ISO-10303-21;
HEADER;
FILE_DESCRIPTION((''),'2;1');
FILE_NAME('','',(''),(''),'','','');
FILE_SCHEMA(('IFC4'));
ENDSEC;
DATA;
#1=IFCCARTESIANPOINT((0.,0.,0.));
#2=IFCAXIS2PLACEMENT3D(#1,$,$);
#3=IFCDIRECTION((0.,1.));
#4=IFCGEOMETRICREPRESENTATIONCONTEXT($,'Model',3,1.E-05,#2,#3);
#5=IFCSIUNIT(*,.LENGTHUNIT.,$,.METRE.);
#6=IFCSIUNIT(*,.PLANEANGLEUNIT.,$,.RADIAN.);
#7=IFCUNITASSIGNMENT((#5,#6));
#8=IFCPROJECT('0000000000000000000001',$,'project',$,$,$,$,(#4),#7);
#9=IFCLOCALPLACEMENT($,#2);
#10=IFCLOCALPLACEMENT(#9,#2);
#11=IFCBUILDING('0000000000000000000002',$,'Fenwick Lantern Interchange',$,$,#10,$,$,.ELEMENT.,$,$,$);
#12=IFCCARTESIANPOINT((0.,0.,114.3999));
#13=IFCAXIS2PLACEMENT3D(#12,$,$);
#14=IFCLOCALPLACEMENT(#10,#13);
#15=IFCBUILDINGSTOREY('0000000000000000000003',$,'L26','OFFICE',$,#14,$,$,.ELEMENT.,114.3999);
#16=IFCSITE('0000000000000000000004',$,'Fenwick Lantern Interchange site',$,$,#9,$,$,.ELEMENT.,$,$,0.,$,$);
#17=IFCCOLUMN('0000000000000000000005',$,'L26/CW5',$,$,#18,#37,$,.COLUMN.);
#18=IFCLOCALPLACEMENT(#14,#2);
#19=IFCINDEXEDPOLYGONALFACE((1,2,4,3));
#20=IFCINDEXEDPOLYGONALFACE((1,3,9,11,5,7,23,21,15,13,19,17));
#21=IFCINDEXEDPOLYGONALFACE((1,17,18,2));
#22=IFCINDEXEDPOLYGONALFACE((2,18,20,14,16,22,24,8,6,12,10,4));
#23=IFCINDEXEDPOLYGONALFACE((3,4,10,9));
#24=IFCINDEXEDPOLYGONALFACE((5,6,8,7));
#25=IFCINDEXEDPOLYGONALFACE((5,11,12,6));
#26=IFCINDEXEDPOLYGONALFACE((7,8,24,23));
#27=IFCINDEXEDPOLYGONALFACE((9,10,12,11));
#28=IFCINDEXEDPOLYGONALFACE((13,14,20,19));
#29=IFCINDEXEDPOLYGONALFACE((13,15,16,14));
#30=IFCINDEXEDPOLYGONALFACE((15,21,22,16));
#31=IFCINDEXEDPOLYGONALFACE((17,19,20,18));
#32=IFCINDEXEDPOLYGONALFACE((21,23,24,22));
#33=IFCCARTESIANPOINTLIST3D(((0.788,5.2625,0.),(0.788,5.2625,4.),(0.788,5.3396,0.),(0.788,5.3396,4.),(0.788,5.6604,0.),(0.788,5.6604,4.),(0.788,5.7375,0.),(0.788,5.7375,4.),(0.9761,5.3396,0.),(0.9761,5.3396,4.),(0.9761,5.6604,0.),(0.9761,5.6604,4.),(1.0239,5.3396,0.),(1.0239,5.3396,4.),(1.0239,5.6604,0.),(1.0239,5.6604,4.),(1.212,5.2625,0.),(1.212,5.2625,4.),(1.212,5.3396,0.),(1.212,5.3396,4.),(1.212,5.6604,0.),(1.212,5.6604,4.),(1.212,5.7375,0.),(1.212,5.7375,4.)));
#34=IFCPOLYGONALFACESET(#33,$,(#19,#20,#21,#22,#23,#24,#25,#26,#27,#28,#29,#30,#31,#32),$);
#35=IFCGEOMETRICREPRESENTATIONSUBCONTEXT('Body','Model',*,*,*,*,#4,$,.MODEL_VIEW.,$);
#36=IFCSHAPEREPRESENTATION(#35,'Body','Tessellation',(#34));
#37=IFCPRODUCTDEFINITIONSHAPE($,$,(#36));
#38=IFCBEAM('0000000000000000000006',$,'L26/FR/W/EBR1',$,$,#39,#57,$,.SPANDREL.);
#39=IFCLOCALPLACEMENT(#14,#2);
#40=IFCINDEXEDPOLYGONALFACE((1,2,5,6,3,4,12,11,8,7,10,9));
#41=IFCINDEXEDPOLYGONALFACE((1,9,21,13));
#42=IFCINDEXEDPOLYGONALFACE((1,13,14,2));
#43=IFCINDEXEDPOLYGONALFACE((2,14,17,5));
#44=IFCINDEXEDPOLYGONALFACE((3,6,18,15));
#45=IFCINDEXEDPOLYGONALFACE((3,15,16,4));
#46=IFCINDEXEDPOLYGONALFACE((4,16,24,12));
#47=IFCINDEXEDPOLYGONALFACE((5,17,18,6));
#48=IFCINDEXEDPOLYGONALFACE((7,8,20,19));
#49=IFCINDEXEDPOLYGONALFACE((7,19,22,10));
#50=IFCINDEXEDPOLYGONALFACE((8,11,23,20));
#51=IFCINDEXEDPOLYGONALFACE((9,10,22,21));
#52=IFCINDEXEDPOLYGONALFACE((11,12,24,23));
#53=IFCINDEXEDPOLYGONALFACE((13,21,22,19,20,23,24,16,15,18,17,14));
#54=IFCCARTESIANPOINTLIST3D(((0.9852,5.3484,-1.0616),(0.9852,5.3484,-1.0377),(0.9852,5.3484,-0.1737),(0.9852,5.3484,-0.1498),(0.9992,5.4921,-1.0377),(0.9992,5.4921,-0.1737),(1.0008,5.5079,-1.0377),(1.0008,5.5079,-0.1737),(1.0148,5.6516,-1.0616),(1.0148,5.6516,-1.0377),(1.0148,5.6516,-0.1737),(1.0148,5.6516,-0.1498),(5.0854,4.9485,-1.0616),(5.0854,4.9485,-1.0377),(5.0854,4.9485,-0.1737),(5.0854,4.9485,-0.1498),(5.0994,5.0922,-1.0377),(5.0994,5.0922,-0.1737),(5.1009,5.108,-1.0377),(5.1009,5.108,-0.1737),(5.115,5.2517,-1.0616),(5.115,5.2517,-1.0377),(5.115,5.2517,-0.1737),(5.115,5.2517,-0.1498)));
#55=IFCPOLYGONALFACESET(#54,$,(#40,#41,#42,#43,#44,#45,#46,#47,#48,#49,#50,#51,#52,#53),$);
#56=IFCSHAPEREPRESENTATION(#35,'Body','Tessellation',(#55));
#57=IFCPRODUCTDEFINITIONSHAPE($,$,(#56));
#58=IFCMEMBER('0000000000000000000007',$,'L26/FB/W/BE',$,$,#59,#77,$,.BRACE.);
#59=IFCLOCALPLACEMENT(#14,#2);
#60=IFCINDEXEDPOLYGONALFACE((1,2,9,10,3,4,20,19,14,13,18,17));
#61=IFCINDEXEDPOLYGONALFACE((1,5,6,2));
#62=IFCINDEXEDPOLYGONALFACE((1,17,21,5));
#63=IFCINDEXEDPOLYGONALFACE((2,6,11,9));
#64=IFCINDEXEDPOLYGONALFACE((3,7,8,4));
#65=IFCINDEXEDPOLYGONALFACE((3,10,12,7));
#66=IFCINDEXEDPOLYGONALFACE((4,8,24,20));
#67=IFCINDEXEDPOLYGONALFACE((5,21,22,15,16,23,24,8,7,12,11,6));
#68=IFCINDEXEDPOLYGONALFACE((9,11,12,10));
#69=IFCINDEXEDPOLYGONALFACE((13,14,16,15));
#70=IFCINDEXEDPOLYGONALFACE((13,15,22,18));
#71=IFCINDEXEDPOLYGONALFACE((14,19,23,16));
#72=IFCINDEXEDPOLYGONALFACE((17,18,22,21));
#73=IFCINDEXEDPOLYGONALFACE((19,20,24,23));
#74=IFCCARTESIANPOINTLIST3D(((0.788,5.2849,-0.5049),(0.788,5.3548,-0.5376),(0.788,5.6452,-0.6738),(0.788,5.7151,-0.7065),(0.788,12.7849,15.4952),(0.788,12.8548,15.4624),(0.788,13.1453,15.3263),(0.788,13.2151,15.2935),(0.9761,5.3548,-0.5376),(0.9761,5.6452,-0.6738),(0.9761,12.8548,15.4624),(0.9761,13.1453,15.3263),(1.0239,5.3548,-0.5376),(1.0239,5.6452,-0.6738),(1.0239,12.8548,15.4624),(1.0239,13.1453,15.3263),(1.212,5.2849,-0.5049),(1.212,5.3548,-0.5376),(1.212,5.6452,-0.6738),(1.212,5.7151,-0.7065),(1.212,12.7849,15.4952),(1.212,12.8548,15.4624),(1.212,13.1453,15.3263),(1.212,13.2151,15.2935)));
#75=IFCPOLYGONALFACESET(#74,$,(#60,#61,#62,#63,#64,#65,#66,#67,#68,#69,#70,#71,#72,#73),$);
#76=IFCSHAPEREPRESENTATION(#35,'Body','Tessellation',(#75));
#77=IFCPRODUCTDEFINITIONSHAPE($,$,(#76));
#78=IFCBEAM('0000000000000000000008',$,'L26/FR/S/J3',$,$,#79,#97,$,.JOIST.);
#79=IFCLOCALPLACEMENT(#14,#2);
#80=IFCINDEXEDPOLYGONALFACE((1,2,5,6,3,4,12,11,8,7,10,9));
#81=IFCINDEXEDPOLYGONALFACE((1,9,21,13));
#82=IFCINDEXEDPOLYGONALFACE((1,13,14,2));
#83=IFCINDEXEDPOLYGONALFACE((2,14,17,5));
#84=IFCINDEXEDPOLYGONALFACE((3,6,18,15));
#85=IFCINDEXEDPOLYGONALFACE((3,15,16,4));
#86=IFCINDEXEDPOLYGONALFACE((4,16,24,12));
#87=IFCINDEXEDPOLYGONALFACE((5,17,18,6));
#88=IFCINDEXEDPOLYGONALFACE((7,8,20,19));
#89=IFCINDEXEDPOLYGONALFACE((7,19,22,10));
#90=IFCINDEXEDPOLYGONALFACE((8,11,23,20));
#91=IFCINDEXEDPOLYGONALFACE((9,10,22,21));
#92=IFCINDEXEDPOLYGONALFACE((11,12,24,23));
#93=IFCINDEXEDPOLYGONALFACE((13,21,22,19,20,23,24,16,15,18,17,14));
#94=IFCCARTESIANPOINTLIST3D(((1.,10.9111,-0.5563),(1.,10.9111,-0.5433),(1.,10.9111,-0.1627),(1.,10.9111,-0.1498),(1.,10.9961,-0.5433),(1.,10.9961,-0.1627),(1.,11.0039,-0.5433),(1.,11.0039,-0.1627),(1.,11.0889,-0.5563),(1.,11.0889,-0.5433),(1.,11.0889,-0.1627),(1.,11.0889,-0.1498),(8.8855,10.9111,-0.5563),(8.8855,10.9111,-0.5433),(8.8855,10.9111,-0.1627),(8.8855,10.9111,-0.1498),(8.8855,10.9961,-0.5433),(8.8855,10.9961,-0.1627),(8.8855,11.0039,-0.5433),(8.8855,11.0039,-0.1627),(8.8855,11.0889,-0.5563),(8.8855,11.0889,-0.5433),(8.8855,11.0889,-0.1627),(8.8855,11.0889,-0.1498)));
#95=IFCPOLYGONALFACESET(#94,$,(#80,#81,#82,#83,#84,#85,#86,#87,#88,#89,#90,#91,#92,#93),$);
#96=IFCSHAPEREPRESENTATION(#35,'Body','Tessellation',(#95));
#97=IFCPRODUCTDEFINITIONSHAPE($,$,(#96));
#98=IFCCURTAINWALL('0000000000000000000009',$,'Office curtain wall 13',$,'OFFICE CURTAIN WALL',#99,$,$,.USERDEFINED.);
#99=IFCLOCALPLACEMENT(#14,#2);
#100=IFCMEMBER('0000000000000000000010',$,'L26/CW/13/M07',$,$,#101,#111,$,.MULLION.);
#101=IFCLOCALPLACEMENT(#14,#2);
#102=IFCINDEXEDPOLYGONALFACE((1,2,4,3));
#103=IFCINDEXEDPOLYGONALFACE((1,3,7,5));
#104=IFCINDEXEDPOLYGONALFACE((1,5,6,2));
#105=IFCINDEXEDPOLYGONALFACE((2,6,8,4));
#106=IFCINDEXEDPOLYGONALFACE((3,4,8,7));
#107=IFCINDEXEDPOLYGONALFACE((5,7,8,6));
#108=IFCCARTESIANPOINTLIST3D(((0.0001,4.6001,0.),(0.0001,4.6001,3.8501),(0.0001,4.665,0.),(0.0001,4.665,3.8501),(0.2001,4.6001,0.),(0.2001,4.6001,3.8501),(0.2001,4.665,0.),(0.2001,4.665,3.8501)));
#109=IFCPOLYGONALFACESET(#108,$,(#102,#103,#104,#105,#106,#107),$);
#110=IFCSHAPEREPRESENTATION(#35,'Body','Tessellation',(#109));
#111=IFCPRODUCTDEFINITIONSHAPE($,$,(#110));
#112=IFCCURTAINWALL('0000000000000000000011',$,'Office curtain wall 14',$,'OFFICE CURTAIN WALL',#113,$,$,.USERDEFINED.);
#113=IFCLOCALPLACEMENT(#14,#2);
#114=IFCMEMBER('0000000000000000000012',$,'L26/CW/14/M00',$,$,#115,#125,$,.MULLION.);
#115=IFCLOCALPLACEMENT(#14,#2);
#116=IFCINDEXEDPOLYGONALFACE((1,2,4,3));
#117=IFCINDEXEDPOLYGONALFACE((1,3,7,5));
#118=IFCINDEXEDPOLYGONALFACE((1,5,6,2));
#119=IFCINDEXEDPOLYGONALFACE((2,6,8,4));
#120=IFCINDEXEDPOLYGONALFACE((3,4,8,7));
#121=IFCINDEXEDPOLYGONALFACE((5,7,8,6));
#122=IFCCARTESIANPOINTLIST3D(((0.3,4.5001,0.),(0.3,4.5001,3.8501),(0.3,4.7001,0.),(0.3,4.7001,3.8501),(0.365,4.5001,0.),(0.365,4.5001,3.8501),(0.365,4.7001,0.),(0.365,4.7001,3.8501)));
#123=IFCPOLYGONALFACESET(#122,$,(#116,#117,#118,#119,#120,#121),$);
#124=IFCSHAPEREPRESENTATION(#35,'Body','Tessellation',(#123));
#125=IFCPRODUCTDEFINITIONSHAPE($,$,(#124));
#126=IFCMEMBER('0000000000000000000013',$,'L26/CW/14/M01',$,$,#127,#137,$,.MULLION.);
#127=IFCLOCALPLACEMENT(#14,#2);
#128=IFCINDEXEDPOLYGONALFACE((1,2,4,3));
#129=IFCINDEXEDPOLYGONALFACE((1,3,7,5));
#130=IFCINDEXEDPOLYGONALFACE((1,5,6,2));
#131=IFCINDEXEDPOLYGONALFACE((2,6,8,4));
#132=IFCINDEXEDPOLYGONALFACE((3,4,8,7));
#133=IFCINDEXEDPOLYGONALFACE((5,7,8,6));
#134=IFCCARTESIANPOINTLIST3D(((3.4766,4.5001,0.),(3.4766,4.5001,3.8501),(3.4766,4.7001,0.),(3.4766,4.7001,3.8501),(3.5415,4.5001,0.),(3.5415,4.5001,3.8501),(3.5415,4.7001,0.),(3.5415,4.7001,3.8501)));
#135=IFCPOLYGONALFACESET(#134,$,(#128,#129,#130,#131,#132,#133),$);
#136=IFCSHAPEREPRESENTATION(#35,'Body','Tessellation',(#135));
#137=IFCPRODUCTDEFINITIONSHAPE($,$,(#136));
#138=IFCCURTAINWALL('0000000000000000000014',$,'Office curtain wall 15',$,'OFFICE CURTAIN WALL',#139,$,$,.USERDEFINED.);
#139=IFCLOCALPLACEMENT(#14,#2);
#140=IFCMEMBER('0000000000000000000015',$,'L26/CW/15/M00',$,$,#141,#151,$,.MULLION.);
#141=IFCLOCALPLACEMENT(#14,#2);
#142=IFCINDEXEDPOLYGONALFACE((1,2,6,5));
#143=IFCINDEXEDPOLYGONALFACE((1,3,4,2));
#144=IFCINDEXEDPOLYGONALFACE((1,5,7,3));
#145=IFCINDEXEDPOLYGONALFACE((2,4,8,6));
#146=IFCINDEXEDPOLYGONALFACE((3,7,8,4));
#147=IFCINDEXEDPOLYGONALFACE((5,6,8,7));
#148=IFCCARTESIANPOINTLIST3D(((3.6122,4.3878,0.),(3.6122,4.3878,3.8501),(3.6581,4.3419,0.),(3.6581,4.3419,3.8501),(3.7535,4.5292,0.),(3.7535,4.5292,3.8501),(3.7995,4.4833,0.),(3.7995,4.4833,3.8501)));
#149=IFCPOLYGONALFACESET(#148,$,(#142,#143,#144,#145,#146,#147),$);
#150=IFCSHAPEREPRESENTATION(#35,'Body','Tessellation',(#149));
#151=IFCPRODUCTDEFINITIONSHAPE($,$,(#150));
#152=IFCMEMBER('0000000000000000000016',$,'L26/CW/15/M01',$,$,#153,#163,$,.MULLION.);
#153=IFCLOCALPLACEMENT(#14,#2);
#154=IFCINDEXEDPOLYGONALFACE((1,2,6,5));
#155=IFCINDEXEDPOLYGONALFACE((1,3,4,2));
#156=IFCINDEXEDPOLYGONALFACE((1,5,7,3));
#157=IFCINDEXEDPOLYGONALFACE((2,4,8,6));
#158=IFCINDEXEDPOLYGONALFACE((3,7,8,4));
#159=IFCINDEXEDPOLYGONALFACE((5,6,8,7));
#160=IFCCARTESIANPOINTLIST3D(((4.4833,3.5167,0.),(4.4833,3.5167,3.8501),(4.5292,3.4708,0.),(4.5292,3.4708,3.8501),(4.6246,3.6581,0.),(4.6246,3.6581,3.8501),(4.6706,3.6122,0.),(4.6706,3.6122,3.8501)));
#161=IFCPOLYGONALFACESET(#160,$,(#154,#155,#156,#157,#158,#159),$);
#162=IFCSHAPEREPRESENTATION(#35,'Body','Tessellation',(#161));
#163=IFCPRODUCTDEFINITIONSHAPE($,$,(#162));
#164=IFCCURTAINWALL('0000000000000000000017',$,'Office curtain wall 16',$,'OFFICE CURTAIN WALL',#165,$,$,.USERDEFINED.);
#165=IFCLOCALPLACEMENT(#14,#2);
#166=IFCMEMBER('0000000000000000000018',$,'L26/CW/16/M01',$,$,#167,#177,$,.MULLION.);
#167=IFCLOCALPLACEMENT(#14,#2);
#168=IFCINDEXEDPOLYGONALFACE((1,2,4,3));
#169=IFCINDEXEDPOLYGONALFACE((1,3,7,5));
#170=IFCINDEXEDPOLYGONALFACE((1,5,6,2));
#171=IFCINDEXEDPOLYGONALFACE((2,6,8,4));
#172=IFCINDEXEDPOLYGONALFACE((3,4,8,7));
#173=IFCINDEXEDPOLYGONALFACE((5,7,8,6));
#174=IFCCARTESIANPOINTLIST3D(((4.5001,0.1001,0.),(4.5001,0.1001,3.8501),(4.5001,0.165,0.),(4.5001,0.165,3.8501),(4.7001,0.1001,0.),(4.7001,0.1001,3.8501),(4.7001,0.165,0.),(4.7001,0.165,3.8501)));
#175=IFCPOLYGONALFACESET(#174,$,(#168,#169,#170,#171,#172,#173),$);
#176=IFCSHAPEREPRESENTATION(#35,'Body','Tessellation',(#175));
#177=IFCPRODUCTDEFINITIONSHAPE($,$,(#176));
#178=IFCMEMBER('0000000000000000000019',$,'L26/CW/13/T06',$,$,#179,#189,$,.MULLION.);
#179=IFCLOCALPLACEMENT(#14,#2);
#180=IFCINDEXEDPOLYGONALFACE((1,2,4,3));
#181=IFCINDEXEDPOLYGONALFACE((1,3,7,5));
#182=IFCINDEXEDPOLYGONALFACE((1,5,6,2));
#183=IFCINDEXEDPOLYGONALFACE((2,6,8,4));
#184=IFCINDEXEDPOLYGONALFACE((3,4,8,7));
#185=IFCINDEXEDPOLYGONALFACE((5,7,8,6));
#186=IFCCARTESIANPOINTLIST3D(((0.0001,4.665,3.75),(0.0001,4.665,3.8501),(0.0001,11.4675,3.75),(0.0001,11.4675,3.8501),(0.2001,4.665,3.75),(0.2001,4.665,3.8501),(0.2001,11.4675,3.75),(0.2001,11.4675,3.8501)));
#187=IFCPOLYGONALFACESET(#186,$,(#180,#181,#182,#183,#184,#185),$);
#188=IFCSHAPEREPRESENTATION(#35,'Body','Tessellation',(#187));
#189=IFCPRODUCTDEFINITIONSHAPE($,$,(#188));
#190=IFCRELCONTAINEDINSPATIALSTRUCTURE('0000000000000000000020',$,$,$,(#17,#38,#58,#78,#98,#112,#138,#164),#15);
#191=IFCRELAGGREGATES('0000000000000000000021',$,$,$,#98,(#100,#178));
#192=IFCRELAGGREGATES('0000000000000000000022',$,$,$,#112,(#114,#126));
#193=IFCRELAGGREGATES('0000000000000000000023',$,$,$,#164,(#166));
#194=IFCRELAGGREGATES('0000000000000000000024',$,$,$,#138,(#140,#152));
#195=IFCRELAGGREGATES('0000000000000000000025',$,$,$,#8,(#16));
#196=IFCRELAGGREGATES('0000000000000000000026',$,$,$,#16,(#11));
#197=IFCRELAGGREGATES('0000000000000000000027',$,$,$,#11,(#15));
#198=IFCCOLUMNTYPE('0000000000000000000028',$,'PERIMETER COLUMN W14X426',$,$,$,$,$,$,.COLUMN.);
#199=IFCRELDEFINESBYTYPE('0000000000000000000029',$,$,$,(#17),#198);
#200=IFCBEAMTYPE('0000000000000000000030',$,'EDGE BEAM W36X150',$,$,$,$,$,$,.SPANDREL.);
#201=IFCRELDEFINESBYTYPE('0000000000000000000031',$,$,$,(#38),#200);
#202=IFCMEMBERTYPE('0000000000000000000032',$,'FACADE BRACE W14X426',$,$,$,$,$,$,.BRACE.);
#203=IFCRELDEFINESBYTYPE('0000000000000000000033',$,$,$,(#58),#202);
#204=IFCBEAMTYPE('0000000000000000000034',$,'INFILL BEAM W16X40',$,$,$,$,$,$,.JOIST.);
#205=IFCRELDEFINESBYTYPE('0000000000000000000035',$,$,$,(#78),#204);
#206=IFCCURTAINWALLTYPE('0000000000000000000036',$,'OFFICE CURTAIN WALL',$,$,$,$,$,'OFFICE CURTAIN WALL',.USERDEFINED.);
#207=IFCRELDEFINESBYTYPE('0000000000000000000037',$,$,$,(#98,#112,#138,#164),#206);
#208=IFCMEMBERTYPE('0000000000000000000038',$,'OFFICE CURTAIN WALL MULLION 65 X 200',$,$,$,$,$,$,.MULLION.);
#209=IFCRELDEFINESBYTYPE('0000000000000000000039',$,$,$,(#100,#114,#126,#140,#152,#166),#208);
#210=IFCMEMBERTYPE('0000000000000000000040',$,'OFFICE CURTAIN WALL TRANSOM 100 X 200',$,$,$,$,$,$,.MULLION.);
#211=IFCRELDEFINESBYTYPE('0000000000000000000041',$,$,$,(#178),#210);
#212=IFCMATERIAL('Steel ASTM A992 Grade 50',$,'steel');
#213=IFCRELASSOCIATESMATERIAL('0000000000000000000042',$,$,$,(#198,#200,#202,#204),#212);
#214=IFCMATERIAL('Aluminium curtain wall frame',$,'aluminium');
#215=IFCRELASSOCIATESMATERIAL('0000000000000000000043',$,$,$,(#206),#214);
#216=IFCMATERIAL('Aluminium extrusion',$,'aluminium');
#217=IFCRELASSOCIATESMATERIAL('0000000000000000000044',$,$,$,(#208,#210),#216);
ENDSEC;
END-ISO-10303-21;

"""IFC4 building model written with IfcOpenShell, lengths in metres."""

from ifc_helpers import new_model, si_unit, direction, frame, origin, origin_2d, place, context, subcontext, project, spatial, rectangle, i_section, extrude, material, material_profile, profile_set, type_object, element, aggregate, save


model = new_model("IFC4")

# Units and contexts
model_context = context("Model", 3, precision=1e-05, world=origin(), true_north=direction((0.0, 1.0)))
body_context = subcontext(model_context, "Body", "Model", "MODEL_VIEW")
ifc_project = project(units=[si_unit("LENGTHUNIT", "METRE"), si_unit("PLANEANGLEUNIT", "RADIAN")], contexts=[model_context])

# Site, building, storey
site_placement = place(None, origin())
site = spatial("IfcSite", under=ifc_project, at=site_placement, Name="Fenwick Lantern Interchange site", CompositionType="ELEMENT", RefElevation=0.0)
building_placement = place(site_placement, origin())
building = spatial("IfcBuilding", under=site, at=building_placement, Name="Fenwick Lantern Interchange", CompositionType="ELEMENT")
storey_placement = place(building_placement, frame((0.0, 0.0, 114.3999)))
storey = spatial("IfcBuildingStorey", under=building, at=storey_placement, Name="L26", Description="OFFICE", CompositionType="ELEMENT", Elevation=114.3999)

# Column
ifc_material_1 = material(Name="Steel ASTM A992 Grade 50", Category="steel")
ifc_material_profile_1 = material_profile(ifc_material_1, i_section(OverallWidth=0.4241, OverallDepth=0.4751, WebThickness=0.0479, FlangeThickness=0.0771, at=origin_2d()), Name="W14X426")
ifc_profile_set_1 = profile_set([ifc_material_profile_1], Name="Steel ASTM A992 Grade 50")
column_type = type_object("IfcColumnType", Name="PERIMETER COLUMN W14X426", PredefinedType="COLUMN", material=ifc_profile_set_1)
column_placement = place(storey_placement, frame((1.0, 5.5, 0.0), z_axis=(0.0, 0.0, 1.0), x_axis=(1.0, 0.0, 0.0)))
element("IfcColumn", 1, at=column_placement, inside=storey, type_object=column_type, Name="L26/CW5", PredefinedType="COLUMN", context=body_context, shape_type="SweptSolid", body=[
    extrude(i_section(OverallWidth=0.4241, OverallDepth=0.4751, WebThickness=0.0479, FlangeThickness=0.0771, at=origin_2d()), origin(), (0.0, 0.0, 1.0), 4.0),
])

# Beam
ifc_material_profile_2 = material_profile(ifc_material_1, i_section(OverallWidth=0.3047, OverallDepth=0.9119, WebThickness=0.0159, FlangeThickness=0.0239, at=origin_2d()), Name="W36X150")
ifc_profile_set_2 = profile_set([ifc_material_profile_2], Name="Steel ASTM A992 Grade 50")
beam_type_1 = type_object("IfcBeamType", Name="EDGE BEAM W36X150", PredefinedType="SPANDREL", material=ifc_profile_set_2)
beam_1_placement = place(storey_placement, frame((1.0, 5.5, -0.6057), z_axis=(0.995277, -0.097074, 0.0), x_axis=(0.097074, 0.995277, 0.0)))
element("IfcBeam", 2, at=beam_1_placement, inside=storey, type_object=beam_type_1, Name="L26/FR/W/EBR1", PredefinedType="SPANDREL", context=body_context, shape_type="SweptSolid", body=[
    extrude(i_section(OverallWidth=0.3047, OverallDepth=0.9119, WebThickness=0.0159, FlangeThickness=0.0239, at=origin_2d()), origin(), (0.0, 0.0, 1.0), 4.1196),
])

# Member
ifc_material_profile_3 = material_profile(ifc_material_1, i_section(OverallWidth=0.4241, OverallDepth=0.4751, WebThickness=0.0479, FlangeThickness=0.0771, at=origin_2d()), Name="W14X426")
ifc_profile_set_3 = profile_set([ifc_material_profile_3], Name="Steel ASTM A992 Grade 50")
member_type_1 = type_object("IfcMemberType", Name="FACADE BRACE W14X426", PredefinedType="BRACE", material=ifc_profile_set_3)
member_1_placement = place(storey_placement, frame((1.0, 5.5, -0.6057), z_axis=(0.0, 0.424434, 0.905459), x_axis=(-1.0, 0.0, 0.0)))
element("IfcMember", 3, at=member_1_placement, inside=storey, type_object=member_type_1, Name="L26/FB/W/BE", PredefinedType="BRACE", context=body_context, shape_type="SweptSolid", body=[
    extrude(i_section(OverallWidth=0.4241, OverallDepth=0.4751, WebThickness=0.0479, FlangeThickness=0.0771, at=origin_2d()), origin(), (0.0, 0.0, 1.0), 17.6707),
])

# Beam
ifc_material_profile_4 = material_profile(ifc_material_1, i_section(OverallWidth=0.1777, OverallDepth=0.4065, WebThickness=0.0078, FlangeThickness=0.0129, at=origin_2d()), Name="W16X40")
ifc_profile_set_4 = profile_set([ifc_material_profile_4], Name="Steel ASTM A992 Grade 50")
beam_type_2 = type_object("IfcBeamType", Name="INFILL BEAM W16X40", PredefinedType="JOIST", material=ifc_profile_set_4)
beam_2_placement = place(storey_placement, frame((1.0, 11.0, -0.353), z_axis=(1.0, 0.0, 0.0), x_axis=(0.0, 1.0, 0.0)))
element("IfcBeam", 4, at=beam_2_placement, inside=storey, type_object=beam_type_2, Name="L26/FR/S/J3", PredefinedType="JOIST", context=body_context, shape_type="SweptSolid", body=[
    extrude(i_section(OverallWidth=0.1777, OverallDepth=0.4065, WebThickness=0.0078, FlangeThickness=0.0129, at=origin_2d()), origin(), (0.0, 0.0, 1.0), 7.8855),
])

# Curtain wall, member
ifc_material_2 = material(Name="Aluminium curtain wall frame", Category="aluminium")
curtain_wall_type = type_object("IfcCurtainWallType", Name="OFFICE CURTAIN WALL", ElementType="OFFICE CURTAIN WALL", PredefinedType="USERDEFINED", material=ifc_material_2)
curtain_wall_1_placement = place(storey_placement, origin())
curtain_wall_1 = element("IfcCurtainWall", 5, at=curtain_wall_1_placement, inside=storey, type_object=curtain_wall_type, Name="Office curtain wall 13", ObjectType="OFFICE CURTAIN WALL", PredefinedType="USERDEFINED")
ifc_material_3 = material(Name="Aluminium extrusion", Category="aluminium")
ifc_material_profile_5 = material_profile(ifc_material_3, rectangle(XDim=0.2, YDim=0.0649, at=origin_2d()), Name="OFFICE CURTAIN WALL MULLION 65 X 200")
ifc_profile_set_5 = profile_set([ifc_material_profile_5], Name="Aluminium extrusion")
member_type_2 = type_object("IfcMemberType", Name="OFFICE CURTAIN WALL MULLION 65 X 200", PredefinedType="MULLION", material=ifc_profile_set_5)
member_2_placement = place(storey_placement, frame((0.1001, 4.6326, 0.0), z_axis=(0.0, 0.0, 1.0), x_axis=(1.0, 0.0, 0.0)))
member_2 = element("IfcMember", 6, at=member_2_placement, type_object=member_type_2, Name="L26/CW/13/M07", PredefinedType="MULLION", context=body_context, shape_type="SweptSolid", body=[
    extrude(rectangle(XDim=0.2, YDim=0.0649, at=origin_2d()), origin(), (0.0, 0.0, 1.0), 3.8501),
])

# Curtain walls, members
curtain_wall_2_placement = place(storey_placement, origin())
curtain_wall_2 = element("IfcCurtainWall", 7, at=curtain_wall_2_placement, inside=storey, type_object=curtain_wall_type, Name="Office curtain wall 14", ObjectType="OFFICE CURTAIN WALL", PredefinedType="USERDEFINED")
member_3_placement = place(storey_placement, frame((0.3325, 4.6001, 0.0), z_axis=(0.0, 0.0, 1.0), x_axis=(0.0, 1.0, 0.0)))
member_3 = element("IfcMember", 8, at=member_3_placement, type_object=member_type_2, Name="L26/CW/14/M00", PredefinedType="MULLION", context=body_context, shape_type="SweptSolid", body=[
    extrude(rectangle(XDim=0.2, YDim=0.0649, at=origin_2d()), origin(), (0.0, 0.0, 1.0), 3.8501),
])
member_4_placement = place(storey_placement, frame((3.509, 4.6001, 0.0), z_axis=(0.0, 0.0, 1.0), x_axis=(0.0, 1.0, 0.0)))
member_4 = element("IfcMember", 9, at=member_4_placement, type_object=member_type_2, Name="L26/CW/14/M01", PredefinedType="MULLION", context=body_context, shape_type="SweptSolid", body=[
    extrude(rectangle(XDim=0.2, YDim=0.0649, at=origin_2d()), origin(), (0.0, 0.0, 1.0), 3.8501),
])
curtain_wall_3_placement = place(storey_placement, origin())
curtain_wall_3 = element("IfcCurtainWall", 10, at=curtain_wall_3_placement, inside=storey, type_object=curtain_wall_type, Name="Office curtain wall 15", ObjectType="OFFICE CURTAIN WALL", PredefinedType="USERDEFINED")
member_5_placement = place(storey_placement, frame((3.7058, 4.4355, 0.0), z_axis=(0.0, 0.0, 1.0), x_axis=(0.707107, 0.707107, 0.0)))
member_5 = element("IfcMember", 11, at=member_5_placement, type_object=member_type_2, Name="L26/CW/15/M00", PredefinedType="MULLION", context=body_context, shape_type="SweptSolid", body=[
    extrude(rectangle(XDim=0.2, YDim=0.0649, at=origin_2d()), origin(), (0.0, 0.0, 1.0), 3.8501),
])
member_6_placement = place(storey_placement, frame((4.5769, 3.5645, 0.0), z_axis=(0.0, 0.0, 1.0), x_axis=(0.707107, 0.707107, 0.0)))
member_6 = element("IfcMember", 12, at=member_6_placement, type_object=member_type_2, Name="L26/CW/15/M01", PredefinedType="MULLION", context=body_context, shape_type="SweptSolid", body=[
    extrude(rectangle(XDim=0.2, YDim=0.0649, at=origin_2d()), origin(), (0.0, 0.0, 1.0), 3.8501),
])

# Curtain wall, member
curtain_wall_4_placement = place(storey_placement, origin())
curtain_wall_4 = element("IfcCurtainWall", 13, at=curtain_wall_4_placement, inside=storey, type_object=curtain_wall_type, Name="Office curtain wall 16", ObjectType="OFFICE CURTAIN WALL", PredefinedType="USERDEFINED")
member_7_placement = place(storey_placement, frame((4.6001, 0.1326, 0.0), z_axis=(0.0, 0.0, 1.0), x_axis=(1.0, 0.0, 0.0)))
member_7 = element("IfcMember", 14, at=member_7_placement, type_object=member_type_2, Name="L26/CW/16/M01", PredefinedType="MULLION", context=body_context, shape_type="SweptSolid", body=[
    extrude(rectangle(XDim=0.2, YDim=0.0649, at=origin_2d()), origin(), (0.0, 0.0, 1.0), 3.8501),
])

# Member
ifc_material_profile_6 = material_profile(ifc_material_3, rectangle(XDim=0.2, YDim=0.1001, at=origin_2d()), Name="OFFICE CURTAIN WALL TRANSOM 100 X 200")
ifc_profile_set_6 = profile_set([ifc_material_profile_6], Name="Aluminium extrusion")
member_type_3 = type_object("IfcMemberType", Name="OFFICE CURTAIN WALL TRANSOM 100 X 200", PredefinedType="MULLION", material=ifc_profile_set_6)
member_8_placement = place(storey_placement, frame((0.1001, 11.4675, 3.8), z_axis=(0.0, -1.0, 0.0), x_axis=(1.0, 0.0, 0.0)))
member_8 = element("IfcMember", 15, at=member_8_placement, type_object=member_type_3, Name="L26/CW/13/T06", PredefinedType="MULLION", context=body_context, shape_type="SweptSolid", body=[
    extrude(rectangle(XDim=0.2, YDim=0.1001, at=origin_2d()), origin(), (0.0, 0.0, 1.0), 6.8025),
])
aggregate(curtain_wall_1, [member_2, member_8])
aggregate(curtain_wall_2, [member_3, member_4])
aggregate(curtain_wall_4, [member_7])

aggregate(curtain_wall_3, [member_5, member_6])

save(model, "model.ifc")
